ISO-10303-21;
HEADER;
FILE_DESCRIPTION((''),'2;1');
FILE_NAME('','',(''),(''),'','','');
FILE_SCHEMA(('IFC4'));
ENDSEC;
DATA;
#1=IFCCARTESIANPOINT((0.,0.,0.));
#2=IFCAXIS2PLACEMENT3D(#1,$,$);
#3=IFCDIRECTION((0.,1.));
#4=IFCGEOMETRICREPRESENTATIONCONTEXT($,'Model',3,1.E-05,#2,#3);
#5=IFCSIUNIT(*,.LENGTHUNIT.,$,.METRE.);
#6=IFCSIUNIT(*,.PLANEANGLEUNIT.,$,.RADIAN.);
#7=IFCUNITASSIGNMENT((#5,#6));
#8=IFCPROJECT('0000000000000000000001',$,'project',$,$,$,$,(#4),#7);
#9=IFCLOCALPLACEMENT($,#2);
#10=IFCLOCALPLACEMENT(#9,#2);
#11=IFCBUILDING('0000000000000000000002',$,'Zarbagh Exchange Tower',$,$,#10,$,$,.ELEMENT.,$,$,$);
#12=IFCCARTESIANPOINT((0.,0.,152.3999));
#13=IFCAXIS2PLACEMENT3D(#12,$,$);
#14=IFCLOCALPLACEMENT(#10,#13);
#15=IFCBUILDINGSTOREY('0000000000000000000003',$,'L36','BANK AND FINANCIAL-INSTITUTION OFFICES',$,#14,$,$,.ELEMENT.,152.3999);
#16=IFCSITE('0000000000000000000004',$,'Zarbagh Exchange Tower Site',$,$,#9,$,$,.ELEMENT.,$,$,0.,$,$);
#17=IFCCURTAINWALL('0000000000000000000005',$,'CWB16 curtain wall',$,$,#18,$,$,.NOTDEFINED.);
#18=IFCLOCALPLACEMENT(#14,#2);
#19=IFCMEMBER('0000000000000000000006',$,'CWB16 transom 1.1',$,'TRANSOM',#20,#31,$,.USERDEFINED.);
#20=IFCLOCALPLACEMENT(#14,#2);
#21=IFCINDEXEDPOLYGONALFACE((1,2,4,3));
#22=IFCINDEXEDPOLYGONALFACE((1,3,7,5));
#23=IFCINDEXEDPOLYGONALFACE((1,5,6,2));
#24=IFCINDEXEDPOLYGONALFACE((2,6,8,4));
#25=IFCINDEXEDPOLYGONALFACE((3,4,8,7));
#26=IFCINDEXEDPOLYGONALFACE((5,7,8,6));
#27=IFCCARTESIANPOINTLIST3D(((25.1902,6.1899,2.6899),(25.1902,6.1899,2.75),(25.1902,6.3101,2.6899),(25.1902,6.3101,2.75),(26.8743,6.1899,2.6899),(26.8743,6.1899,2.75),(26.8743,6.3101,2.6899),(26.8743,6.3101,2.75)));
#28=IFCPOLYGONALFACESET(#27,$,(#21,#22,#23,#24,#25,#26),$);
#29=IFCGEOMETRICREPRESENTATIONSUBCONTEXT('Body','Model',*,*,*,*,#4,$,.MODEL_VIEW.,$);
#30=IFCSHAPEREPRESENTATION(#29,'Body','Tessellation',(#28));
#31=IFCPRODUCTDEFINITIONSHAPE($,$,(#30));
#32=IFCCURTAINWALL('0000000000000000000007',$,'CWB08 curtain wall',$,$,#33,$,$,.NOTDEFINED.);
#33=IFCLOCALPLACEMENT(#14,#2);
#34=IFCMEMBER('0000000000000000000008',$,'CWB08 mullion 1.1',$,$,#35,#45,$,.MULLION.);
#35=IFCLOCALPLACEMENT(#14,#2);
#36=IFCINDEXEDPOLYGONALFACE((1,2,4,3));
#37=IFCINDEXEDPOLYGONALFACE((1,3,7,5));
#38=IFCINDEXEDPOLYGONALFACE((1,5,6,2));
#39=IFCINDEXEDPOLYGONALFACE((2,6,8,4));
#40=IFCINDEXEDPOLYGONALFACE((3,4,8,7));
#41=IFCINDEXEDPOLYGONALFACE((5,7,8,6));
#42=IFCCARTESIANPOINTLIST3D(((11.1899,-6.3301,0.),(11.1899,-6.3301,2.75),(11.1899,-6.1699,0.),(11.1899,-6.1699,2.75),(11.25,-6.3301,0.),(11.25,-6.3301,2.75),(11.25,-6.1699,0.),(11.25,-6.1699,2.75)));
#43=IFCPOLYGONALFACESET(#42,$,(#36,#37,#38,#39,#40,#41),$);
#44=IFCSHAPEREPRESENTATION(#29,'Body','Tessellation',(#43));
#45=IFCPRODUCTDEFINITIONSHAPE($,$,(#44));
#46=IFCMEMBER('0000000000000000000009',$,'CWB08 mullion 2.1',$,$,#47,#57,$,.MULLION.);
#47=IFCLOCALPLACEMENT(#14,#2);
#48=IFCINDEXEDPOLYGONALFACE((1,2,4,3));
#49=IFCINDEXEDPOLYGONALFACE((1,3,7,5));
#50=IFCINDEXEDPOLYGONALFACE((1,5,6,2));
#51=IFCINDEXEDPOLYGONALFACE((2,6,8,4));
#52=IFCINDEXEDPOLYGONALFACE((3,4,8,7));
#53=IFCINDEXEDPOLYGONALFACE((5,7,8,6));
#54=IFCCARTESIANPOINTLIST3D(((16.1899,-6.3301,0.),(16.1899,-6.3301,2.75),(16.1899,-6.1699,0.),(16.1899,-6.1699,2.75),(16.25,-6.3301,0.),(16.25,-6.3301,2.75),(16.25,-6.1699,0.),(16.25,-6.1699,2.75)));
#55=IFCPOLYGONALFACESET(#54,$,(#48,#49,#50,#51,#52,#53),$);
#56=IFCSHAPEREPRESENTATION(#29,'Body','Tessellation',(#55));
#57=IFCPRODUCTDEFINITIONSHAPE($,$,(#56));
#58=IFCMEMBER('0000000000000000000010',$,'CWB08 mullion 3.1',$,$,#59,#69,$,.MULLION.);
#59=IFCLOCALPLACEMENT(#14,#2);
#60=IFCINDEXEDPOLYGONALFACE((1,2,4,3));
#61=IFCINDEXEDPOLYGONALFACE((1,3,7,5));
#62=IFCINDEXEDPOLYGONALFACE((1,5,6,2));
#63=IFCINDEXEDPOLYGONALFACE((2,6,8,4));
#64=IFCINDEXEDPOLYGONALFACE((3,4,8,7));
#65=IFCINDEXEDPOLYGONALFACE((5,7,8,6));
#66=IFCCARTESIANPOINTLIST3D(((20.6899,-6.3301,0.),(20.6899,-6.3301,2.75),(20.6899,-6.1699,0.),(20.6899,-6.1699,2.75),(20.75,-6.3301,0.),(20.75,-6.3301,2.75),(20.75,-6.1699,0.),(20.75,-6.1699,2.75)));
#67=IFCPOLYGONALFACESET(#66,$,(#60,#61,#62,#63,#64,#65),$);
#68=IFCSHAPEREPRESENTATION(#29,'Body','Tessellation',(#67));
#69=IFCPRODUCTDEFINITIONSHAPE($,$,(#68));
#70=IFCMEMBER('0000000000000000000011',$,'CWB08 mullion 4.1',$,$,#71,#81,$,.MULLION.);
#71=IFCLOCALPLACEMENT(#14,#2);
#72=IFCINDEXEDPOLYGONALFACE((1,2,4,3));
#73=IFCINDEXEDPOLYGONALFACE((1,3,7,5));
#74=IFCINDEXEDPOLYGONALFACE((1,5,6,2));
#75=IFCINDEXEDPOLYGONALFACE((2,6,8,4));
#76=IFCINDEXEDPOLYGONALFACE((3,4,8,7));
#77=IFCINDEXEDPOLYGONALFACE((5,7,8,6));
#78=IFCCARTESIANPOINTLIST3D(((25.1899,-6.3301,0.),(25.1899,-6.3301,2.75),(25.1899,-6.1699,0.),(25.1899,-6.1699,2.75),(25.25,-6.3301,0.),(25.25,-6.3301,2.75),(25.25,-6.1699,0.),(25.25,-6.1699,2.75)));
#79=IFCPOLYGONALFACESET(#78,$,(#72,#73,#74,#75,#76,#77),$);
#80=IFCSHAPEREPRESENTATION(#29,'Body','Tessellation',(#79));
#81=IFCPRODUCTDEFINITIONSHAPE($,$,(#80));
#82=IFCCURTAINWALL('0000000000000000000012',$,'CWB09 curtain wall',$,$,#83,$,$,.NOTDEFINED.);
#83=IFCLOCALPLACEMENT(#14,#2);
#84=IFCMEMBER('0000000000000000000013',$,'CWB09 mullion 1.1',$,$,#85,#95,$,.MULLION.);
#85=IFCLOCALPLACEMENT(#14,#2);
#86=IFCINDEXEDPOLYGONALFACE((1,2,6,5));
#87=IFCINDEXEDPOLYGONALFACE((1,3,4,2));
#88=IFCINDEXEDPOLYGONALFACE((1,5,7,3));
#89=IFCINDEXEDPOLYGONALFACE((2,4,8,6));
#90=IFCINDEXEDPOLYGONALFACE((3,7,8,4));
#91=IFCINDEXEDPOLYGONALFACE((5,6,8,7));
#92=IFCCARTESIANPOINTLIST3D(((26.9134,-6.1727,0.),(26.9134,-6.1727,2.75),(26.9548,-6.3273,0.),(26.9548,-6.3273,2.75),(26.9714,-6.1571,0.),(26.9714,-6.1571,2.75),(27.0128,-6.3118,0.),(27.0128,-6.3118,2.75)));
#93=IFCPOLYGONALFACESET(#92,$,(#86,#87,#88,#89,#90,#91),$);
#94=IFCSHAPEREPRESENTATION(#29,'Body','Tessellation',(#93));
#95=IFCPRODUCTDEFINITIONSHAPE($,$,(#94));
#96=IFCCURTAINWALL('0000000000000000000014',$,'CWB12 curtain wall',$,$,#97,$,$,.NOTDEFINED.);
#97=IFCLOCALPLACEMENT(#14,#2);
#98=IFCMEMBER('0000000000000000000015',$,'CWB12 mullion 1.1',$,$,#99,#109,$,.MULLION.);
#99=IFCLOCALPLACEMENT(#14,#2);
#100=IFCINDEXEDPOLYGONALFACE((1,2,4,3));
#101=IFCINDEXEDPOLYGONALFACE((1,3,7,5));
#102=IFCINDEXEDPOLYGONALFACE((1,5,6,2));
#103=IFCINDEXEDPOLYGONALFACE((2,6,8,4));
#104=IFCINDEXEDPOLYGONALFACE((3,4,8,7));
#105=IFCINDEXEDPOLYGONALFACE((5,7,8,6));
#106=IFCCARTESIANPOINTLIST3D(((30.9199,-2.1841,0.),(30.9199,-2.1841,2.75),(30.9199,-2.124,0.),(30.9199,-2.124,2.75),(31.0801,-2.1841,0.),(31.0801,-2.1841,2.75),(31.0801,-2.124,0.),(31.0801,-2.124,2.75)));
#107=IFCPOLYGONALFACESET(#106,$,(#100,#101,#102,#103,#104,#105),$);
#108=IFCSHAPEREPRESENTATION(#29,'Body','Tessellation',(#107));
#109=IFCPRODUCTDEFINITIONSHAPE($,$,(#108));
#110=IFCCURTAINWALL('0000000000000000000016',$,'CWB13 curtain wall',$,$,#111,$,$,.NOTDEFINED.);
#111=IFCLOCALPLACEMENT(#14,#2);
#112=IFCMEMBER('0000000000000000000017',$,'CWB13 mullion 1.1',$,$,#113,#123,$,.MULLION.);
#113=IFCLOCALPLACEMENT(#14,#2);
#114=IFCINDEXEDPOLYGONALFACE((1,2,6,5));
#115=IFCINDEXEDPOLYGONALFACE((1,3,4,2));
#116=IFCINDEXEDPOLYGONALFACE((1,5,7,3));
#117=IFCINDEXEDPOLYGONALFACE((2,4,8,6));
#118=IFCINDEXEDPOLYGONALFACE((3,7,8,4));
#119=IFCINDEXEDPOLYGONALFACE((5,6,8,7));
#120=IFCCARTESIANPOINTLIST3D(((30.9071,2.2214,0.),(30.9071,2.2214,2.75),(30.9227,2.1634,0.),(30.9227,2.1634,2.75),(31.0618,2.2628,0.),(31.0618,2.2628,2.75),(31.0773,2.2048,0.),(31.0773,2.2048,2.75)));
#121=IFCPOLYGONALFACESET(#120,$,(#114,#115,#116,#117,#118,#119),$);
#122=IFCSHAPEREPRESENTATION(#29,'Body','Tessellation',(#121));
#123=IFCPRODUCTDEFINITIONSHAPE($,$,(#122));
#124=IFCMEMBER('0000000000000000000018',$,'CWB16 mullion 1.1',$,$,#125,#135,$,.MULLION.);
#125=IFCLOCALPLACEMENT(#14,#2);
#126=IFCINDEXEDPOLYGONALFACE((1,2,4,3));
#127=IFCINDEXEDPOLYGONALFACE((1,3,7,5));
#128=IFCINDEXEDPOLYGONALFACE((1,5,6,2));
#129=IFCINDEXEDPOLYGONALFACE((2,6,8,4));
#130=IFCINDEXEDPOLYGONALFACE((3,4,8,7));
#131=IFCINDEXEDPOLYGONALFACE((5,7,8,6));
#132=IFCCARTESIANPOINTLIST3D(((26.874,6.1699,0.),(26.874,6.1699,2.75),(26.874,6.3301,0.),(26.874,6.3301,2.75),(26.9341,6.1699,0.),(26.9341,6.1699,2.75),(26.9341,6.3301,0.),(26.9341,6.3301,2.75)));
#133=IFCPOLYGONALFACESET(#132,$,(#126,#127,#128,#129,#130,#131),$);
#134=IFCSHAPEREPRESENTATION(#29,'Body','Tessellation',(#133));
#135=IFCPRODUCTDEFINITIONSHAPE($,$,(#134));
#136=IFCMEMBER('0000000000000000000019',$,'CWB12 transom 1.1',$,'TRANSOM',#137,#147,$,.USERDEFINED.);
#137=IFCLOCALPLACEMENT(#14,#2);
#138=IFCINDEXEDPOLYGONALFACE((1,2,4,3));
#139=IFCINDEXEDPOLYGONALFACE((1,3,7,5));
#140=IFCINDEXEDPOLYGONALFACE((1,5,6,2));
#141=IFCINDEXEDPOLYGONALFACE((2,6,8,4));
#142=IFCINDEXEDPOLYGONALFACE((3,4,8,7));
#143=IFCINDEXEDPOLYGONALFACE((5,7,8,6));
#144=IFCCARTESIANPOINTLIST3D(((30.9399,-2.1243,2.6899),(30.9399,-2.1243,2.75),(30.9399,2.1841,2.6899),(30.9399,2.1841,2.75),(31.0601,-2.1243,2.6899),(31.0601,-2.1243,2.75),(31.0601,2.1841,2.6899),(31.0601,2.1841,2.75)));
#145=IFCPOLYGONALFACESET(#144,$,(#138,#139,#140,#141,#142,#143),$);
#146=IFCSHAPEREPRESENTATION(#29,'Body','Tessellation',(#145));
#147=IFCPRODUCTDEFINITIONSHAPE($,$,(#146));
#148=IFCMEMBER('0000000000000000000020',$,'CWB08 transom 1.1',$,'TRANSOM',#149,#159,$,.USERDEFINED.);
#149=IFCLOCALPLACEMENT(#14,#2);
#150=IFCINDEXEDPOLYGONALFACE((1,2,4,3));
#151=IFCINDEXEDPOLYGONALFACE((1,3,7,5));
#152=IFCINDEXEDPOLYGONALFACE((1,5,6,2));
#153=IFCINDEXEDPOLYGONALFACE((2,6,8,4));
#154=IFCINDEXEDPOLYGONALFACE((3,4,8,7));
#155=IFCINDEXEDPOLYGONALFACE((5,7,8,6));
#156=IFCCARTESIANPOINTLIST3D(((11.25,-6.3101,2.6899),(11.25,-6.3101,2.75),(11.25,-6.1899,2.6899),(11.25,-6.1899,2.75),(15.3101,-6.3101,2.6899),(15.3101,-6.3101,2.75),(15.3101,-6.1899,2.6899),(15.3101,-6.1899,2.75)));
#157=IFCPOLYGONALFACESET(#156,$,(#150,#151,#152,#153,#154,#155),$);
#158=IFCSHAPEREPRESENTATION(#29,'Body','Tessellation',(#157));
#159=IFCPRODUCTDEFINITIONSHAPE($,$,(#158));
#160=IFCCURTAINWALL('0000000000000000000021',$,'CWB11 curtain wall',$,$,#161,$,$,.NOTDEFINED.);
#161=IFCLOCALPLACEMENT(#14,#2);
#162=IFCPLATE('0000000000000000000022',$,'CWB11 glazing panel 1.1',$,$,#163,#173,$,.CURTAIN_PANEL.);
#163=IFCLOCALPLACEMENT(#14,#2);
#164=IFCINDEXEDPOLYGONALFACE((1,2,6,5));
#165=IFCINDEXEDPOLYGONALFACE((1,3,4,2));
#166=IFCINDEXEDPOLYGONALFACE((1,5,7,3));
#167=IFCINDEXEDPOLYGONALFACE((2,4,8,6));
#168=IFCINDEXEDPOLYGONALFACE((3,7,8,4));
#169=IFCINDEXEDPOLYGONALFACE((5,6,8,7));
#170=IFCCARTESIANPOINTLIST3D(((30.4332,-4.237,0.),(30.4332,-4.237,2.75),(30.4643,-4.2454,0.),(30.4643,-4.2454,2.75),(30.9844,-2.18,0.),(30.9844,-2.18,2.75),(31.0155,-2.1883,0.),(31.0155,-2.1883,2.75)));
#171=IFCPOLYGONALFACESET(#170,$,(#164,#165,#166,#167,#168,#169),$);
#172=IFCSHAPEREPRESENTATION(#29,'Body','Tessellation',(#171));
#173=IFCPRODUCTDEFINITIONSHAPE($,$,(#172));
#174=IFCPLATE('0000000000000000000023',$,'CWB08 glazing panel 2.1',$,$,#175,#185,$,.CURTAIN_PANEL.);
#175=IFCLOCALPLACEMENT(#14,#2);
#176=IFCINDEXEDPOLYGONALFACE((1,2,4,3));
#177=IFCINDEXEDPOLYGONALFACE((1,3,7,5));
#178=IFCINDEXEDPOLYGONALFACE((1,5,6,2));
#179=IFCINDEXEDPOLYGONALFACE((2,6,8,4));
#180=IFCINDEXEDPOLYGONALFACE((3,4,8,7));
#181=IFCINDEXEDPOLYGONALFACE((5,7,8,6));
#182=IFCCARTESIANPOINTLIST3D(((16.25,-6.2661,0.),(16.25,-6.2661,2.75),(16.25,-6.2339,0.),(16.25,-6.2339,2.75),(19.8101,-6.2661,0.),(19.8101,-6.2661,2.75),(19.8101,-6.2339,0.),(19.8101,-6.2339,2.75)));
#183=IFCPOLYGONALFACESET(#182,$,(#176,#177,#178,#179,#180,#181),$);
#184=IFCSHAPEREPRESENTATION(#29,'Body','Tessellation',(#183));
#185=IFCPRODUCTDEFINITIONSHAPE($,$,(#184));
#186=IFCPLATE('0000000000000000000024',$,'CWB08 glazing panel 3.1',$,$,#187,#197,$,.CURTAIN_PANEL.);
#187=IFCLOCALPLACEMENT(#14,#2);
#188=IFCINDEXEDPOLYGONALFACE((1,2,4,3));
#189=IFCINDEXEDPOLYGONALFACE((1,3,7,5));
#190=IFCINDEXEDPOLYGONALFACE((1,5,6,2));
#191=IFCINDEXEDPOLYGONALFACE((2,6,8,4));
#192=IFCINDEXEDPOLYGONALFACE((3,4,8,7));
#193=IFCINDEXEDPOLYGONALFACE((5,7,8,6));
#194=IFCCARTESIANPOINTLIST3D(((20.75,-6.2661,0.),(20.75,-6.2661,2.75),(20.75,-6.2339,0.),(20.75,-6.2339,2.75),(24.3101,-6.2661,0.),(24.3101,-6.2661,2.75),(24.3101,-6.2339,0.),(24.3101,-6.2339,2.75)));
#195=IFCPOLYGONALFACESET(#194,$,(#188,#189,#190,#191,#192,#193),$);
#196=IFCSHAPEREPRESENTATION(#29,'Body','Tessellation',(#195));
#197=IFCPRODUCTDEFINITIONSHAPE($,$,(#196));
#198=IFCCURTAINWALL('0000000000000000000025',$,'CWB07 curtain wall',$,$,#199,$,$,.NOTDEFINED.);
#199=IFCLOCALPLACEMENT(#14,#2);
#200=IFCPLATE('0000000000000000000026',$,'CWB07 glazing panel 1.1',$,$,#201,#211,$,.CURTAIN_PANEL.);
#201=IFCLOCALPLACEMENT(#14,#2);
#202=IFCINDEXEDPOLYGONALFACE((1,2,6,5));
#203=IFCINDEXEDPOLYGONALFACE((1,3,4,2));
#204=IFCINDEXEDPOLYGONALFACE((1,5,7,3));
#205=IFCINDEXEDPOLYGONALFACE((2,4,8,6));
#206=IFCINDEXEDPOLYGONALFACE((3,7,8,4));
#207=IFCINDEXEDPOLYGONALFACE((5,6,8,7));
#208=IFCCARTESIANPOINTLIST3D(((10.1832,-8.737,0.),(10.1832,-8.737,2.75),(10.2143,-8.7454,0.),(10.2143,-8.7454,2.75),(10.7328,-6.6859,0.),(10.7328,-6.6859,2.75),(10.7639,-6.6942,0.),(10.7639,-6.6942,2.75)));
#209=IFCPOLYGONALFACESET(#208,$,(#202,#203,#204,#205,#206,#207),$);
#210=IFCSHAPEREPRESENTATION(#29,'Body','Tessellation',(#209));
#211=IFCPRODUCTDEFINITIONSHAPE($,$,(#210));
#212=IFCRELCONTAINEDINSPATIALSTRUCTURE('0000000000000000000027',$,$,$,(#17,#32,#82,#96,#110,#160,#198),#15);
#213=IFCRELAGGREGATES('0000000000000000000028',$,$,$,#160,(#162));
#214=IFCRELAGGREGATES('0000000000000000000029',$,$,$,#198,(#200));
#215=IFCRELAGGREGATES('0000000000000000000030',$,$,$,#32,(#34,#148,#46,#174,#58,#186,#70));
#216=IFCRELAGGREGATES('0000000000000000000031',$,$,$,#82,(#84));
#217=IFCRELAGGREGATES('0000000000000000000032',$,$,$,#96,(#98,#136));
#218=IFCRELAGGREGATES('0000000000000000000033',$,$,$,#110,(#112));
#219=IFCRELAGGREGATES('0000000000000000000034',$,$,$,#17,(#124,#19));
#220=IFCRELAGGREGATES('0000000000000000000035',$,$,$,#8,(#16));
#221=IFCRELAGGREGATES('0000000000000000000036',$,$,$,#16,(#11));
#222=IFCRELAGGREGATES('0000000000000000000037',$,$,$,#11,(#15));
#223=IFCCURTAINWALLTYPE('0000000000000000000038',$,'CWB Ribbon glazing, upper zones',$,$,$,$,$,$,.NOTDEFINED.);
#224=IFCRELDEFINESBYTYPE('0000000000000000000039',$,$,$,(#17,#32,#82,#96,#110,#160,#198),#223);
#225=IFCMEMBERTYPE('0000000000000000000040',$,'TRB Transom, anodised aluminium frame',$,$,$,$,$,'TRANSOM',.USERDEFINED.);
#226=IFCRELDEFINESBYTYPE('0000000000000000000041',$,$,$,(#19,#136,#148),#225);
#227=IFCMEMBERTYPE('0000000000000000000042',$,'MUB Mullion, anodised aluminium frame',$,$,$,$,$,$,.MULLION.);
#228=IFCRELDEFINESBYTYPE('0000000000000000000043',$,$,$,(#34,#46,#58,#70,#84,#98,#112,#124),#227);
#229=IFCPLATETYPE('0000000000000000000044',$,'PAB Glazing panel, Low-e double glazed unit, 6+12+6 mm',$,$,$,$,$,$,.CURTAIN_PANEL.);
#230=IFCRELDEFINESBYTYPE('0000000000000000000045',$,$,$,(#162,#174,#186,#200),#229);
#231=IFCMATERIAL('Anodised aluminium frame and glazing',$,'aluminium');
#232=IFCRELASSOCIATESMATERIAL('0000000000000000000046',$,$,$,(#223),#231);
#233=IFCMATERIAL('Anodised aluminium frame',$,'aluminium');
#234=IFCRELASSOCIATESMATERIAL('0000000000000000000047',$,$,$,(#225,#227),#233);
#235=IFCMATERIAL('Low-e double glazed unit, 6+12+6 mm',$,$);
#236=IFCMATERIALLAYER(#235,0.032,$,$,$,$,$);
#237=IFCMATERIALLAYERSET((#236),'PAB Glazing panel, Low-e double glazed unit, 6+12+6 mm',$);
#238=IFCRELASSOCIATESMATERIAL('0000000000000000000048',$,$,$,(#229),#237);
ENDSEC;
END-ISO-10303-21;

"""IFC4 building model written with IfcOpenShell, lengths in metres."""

from ifc_helpers import new_model, si_unit, direction, frame, origin, place, context, subcontext, project, spatial, polyline, outline, extrude, source, transform, mapped, material, layer, layer_set, type_object, element, aggregate, save


model = new_model("IFC4")

# Units and contexts
model_context = context("Model", 3, precision=1e-05, world=origin(), true_north=direction((0.0, 1.0)))
body_context = subcontext(model_context, "Body", "Model", "MODEL_VIEW")
ifc_project = project(units=[si_unit("LENGTHUNIT", "METRE"), si_unit("PLANEANGLEUNIT", "RADIAN")], contexts=[model_context])

# Site, building, storey
site_placement = place(None, origin())
site = spatial("IfcSite", under=ifc_project, at=site_placement, Name="Zarbagh Exchange Tower Site", CompositionType="ELEMENT", RefElevation=0.0)
building_placement = place(site_placement, origin())
building = spatial("IfcBuilding", under=site, at=building_placement, Name="Zarbagh Exchange Tower", CompositionType="ELEMENT")
storey_placement = place(building_placement, frame((0.0, 0.0, 152.3999)))
storey = spatial("IfcBuildingStorey", under=building, at=storey_placement, Name="L36", Description="BANK AND FINANCIAL-INSTITUTION OFFICES", CompositionType="ELEMENT", Elevation=152.3999)

# Curtain wall, member
ifc_material_1 = material(Name="Anodised aluminium frame and glazing", Category="aluminium")
curtain_wall_type = type_object("IfcCurtainWallType", Name="CWB Ribbon glazing, upper zones", PredefinedType="NOTDEFINED", material=ifc_material_1)
curtain_wall_1_placement = place(storey_placement, origin())
curtain_wall_1 = element("IfcCurtainWall", 1, at=curtain_wall_1_placement, inside=storey, type_object=curtain_wall_type, Name="CWB16 curtain wall", PredefinedType="NOTDEFINED")
ifc_material_2 = material(Name="Anodised aluminium frame", Category="aluminium")
member_type_1 = type_object("IfcMemberType", Name="TRB Transom, anodised aluminium frame", ElementType="TRANSOM", PredefinedType="USERDEFINED", material=ifc_material_2)
shared_shape_1 = source(origin(), body_context, "Body", "SweptSolid", [
    extrude(outline(polyline([(-0.0601, -0.0601), (0.0, -0.0601), (0.0, 0.0601), (-0.0601, 0.0601), (-0.0601, -0.0601)])), origin(), (0.0, 0.0, 1.0), 1.6841),
])
placement = place(storey_placement, origin())
member_1 = element("IfcMember", 2, at=placement, type_object=member_type_1, Name="CWB16 transom 1.1", ObjectType="TRANSOM", PredefinedType="USERDEFINED", context=body_context, shape_type="MappedRepresentation", body=[
    mapped(shared_shape_1, transform((26.8743, 6.25, 2.75), x_axis=(0.0, 0.0, 1.0), y_axis=(0.0, 1.0, 0.0), z_axis=(-1.0, 0.0, 0.0))),
])

# Curtain wall, members
curtain_wall_2_placement = place(storey_placement, origin())
curtain_wall_2 = element("IfcCurtainWall", 3, at=curtain_wall_2_placement, inside=storey, type_object=curtain_wall_type, Name="CWB08 curtain wall", PredefinedType="NOTDEFINED")
member_type_2 = type_object("IfcMemberType", Name="MUB Mullion, anodised aluminium frame", PredefinedType="MULLION", material=ifc_material_2)
shared_shape_2 = source(origin(), body_context, "Body", "SweptSolid", [
    extrude(outline(polyline([(0.0, -0.0801), (0.0601, -0.0801), (0.0601, 0.0801), (0.0, 0.0801), (0.0, -0.0801)])), origin(), (0.0, 0.0, 1.0), 2.75),
])
member_2 = element("IfcMember", 4, at=placement, type_object=member_type_2, Name="CWB08 mullion 1.1", PredefinedType="MULLION", context=body_context, shape_type="MappedRepresentation", body=[
    mapped(shared_shape_2, transform((11.1899, -6.25, 0.0), x_axis=(1.0, 0.0, 0.0), y_axis=(0.0, 1.0, 0.0), z_axis=(0.0, 0.0, 1.0))),
])
member_3 = element("IfcMember", 5, at=placement, type_object=member_type_2, Name="CWB08 mullion 2.1", PredefinedType="MULLION", context=body_context, shape_type="MappedRepresentation", body=[
    mapped(shared_shape_2, transform((16.1899, -6.25, 0.0), x_axis=(1.0, 0.0, 0.0), y_axis=(0.0, 1.0, 0.0), z_axis=(0.0, 0.0, 1.0))),
])
member_4 = element("IfcMember", 6, at=placement, type_object=member_type_2, Name="CWB08 mullion 3.1", PredefinedType="MULLION", context=body_context, shape_type="MappedRepresentation", body=[
    mapped(shared_shape_2, transform((20.6899, -6.25, 0.0), x_axis=(1.0, 0.0, 0.0), y_axis=(0.0, 1.0, 0.0), z_axis=(0.0, 0.0, 1.0))),
])
member_5 = element("IfcMember", 7, at=placement, type_object=member_type_2, Name="CWB08 mullion 4.1", PredefinedType="MULLION", context=body_context, shape_type="MappedRepresentation", body=[
    mapped(shared_shape_2, transform((25.1899, -6.25, 0.0), x_axis=(1.0, 0.0, 0.0), y_axis=(0.0, 1.0, 0.0), z_axis=(0.0, 0.0, 1.0))),
])

# Curtain walls, members
curtain_wall_3_placement = place(storey_placement, origin())
curtain_wall_3 = element("IfcCurtainWall", 8, at=curtain_wall_3_placement, inside=storey, type_object=curtain_wall_type, Name="CWB09 curtain wall", PredefinedType="NOTDEFINED")
member_6 = element("IfcMember", 9, at=placement, type_object=member_type_2, Name="CWB09 mullion 1.1", PredefinedType="MULLION", context=body_context, shape_type="MappedRepresentation", body=[
    mapped(shared_shape_2, transform((26.9341, -6.25, 0.0), x_axis=(0.965924, 0.258825, 0.0), y_axis=(-0.258825, 0.965924, 0.0), z_axis=(0.0, 0.0, 1.0))),
])
curtain_wall_4_placement = place(storey_placement, origin())
curtain_wall_4 = element("IfcCurtainWall", 10, at=curtain_wall_4_placement, inside=storey, type_object=curtain_wall_type, Name="CWB12 curtain wall", PredefinedType="NOTDEFINED")
member_7 = element("IfcMember", 11, at=placement, type_object=member_type_2, Name="CWB12 mullion 1.1", PredefinedType="MULLION", context=body_context, shape_type="MappedRepresentation", body=[
    mapped(shared_shape_2, transform((31.0, -2.1841, 0.0), x_axis=(0.0, 1.0, 0.0), y_axis=(-1.0, 0.0, 0.0), z_axis=(0.0, 0.0, 1.0))),
])
curtain_wall_5_placement = place(storey_placement, origin())
curtain_wall_5 = element("IfcCurtainWall", 12, at=curtain_wall_5_placement, inside=storey, type_object=curtain_wall_type, Name="CWB13 curtain wall", PredefinedType="NOTDEFINED")
member_8 = element("IfcMember", 13, at=placement, type_object=member_type_2, Name="CWB13 mullion 1.1", PredefinedType="MULLION", context=body_context, shape_type="MappedRepresentation", body=[
    mapped(shared_shape_2, transform((31.0, 2.1841, 0.0), x_axis=(-0.258825, 0.965924, 0.0), y_axis=(-0.965924, -0.258825, 0.0), z_axis=(0.0, 0.0, 1.0))),
])

# Members
member_9 = element("IfcMember", 14, at=placement, type_object=member_type_2, Name="CWB16 mullion 1.1", PredefinedType="MULLION", context=body_context, shape_type="MappedRepresentation", body=[
    mapped(shared_shape_2, transform((26.9341, 6.25, 0.0), x_axis=(-1.0, 0.0, 0.0), y_axis=(0.0, -1.0, 0.0), z_axis=(0.0, 0.0, 1.0))),
])
shared_shape_3 = source(origin(), body_context, "Body", "SweptSolid", [
    extrude(outline(polyline([(-0.0601, -0.0601), (0.0, -0.0601), (0.0, 0.0601), (-0.0601, 0.0601), (-0.0601, -0.0601)])), origin(), (0.0, 0.0, 1.0), 4.3083),
])
member_10 = element("IfcMember", 15, at=placement, type_object=member_type_1, Name="CWB12 transom 1.1", ObjectType="TRANSOM", PredefinedType="USERDEFINED", context=body_context, shape_type="MappedRepresentation", body=[
    mapped(shared_shape_3, transform((31.0, -2.1243, 2.75), x_axis=(0.0, 0.0, 1.0), y_axis=(1.0, 0.0, 0.0), z_axis=(0.0, 1.0, 0.0))),
])
shared_shape_4 = source(origin(), body_context, "Body", "SweptSolid", [
    extrude(outline(polyline([(-0.0601, -0.0601), (0.0, -0.0601), (0.0, 0.0601), (-0.0601, 0.0601), (-0.0601, -0.0601)])), origin(), (0.0, 0.0, 1.0), 4.0601),
])
member_11 = element("IfcMember", 16, at=placement, type_object=member_type_1, Name="CWB08 transom 1.1", ObjectType="TRANSOM", PredefinedType="USERDEFINED", context=body_context, shape_type="MappedRepresentation", body=[
    mapped(shared_shape_4, transform((11.25, -6.25, 2.75), x_axis=(0.0, 0.0, 1.0), y_axis=(0.0, -1.0, 0.0), z_axis=(1.0, 0.0, 0.0))),
])

# Curtain wall, plate
curtain_wall_6_placement = place(storey_placement, origin())
curtain_wall_6 = element("IfcCurtainWall", 17, at=curtain_wall_6_placement, inside=storey, type_object=curtain_wall_type, Name="CWB11 curtain wall", PredefinedType="NOTDEFINED")
ifc_material_3 = material(Name="Low-e double glazed unit, 6+12+6 mm")
ifc_layer = layer(ifc_material_3, 0.032)
ifc_layer_set = layer_set([ifc_layer], Name="PAB Glazing panel, Low-e double glazed unit, 6+12+6 mm")
plate_type = type_object("IfcPlateType", Name="PAB Glazing panel, Low-e double glazed unit, 6+12+6 mm", PredefinedType="CURTAIN_PANEL", material=ifc_layer_set)
shared_shape_5 = source(origin(), body_context, "Body", "SweptSolid", [
    extrude(outline(polyline([(0.0, -0.0161), (2.1296, -0.0161), (2.1296, 0.0161), (0.0, 0.0161), (0.0, -0.0161)])), origin(), (0.0, 0.0, 1.0), 2.75),
])
plate_1 = element("IfcPlate", 18, at=placement, type_object=plate_type, Name="CWB11 glazing panel 1.1", PredefinedType="CURTAIN_PANEL", context=body_context, shape_type="MappedRepresentation", body=[
    mapped(shared_shape_5, transform((30.4487, -4.2412, 0.0), x_axis=(0.258825, 0.965924, 0.0), y_axis=(-0.965924, 0.258825, 0.0), z_axis=(0.0, 0.0, 1.0))),
])
aggregate(curtain_wall_6, [plate_1])

# Plates
shared_shape_6 = source(origin(), body_context, "Body", "SweptSolid", [
    extrude(outline(polyline([(0.0, -0.0161), (3.5601, -0.0161), (3.5601, 0.0161), (0.0, 0.0161), (0.0, -0.0161)])), origin(), (0.0, 0.0, 1.0), 2.75),
])
plate_2 = element("IfcPlate", 19, at=placement, type_object=plate_type, Name="CWB08 glazing panel 2.1", PredefinedType="CURTAIN_PANEL", context=body_context, shape_type="MappedRepresentation", body=[
    mapped(shared_shape_6, transform((16.25, -6.25, 0.0), x_axis=(1.0, 0.0, 0.0), y_axis=(0.0, 1.0, 0.0), z_axis=(0.0, 0.0, 1.0))),
])
plate_3 = element("IfcPlate", 20, at=placement, type_object=plate_type, Name="CWB08 glazing panel 3.1", PredefinedType="CURTAIN_PANEL", context=body_context, shape_type="MappedRepresentation", body=[
    mapped(shared_shape_6, transform((20.75, -6.25, 0.0), x_axis=(1.0, 0.0, 0.0), y_axis=(0.0, 1.0, 0.0), z_axis=(0.0, 0.0, 1.0))),
])

# Curtain wall, plate
curtain_wall_7_placement = place(storey_placement, origin())
curtain_wall_7 = element("IfcCurtainWall", 21, at=curtain_wall_7_placement, inside=storey, type_object=curtain_wall_type, Name="CWB07 curtain wall", PredefinedType="NOTDEFINED")
shared_shape_7 = source(origin(), body_context, "Body", "SweptSolid", [
    extrude(outline(polyline([(0.0, -0.0161), (2.1235, -0.0161), (2.1235, 0.0161), (0.0, 0.0161), (0.0, -0.0161)])), origin(), (0.0, 0.0, 1.0), 2.75),
])
plate_4 = element("IfcPlate", 22, at=placement, type_object=plate_type, Name="CWB07 glazing panel 1.1", PredefinedType="CURTAIN_PANEL", context=body_context, shape_type="MappedRepresentation", body=[
    mapped(shared_shape_7, transform((10.1987, -8.7412, 0.0), x_axis=(0.258825, 0.965924, 0.0), y_axis=(-0.965924, 0.258825, 0.0), z_axis=(0.0, 0.0, 1.0))),
])
aggregate(curtain_wall_7, [plate_4])

aggregate(curtain_wall_2, [member_2, member_11, member_3, plate_2, member_4, plate_3, member_5])
aggregate(curtain_wall_3, [member_6])

aggregate(curtain_wall_4, [member_7, member_10])
aggregate(curtain_wall_5, [member_8])

aggregate(curtain_wall_1, [member_9, member_1])

save(model, "model.ifc")
